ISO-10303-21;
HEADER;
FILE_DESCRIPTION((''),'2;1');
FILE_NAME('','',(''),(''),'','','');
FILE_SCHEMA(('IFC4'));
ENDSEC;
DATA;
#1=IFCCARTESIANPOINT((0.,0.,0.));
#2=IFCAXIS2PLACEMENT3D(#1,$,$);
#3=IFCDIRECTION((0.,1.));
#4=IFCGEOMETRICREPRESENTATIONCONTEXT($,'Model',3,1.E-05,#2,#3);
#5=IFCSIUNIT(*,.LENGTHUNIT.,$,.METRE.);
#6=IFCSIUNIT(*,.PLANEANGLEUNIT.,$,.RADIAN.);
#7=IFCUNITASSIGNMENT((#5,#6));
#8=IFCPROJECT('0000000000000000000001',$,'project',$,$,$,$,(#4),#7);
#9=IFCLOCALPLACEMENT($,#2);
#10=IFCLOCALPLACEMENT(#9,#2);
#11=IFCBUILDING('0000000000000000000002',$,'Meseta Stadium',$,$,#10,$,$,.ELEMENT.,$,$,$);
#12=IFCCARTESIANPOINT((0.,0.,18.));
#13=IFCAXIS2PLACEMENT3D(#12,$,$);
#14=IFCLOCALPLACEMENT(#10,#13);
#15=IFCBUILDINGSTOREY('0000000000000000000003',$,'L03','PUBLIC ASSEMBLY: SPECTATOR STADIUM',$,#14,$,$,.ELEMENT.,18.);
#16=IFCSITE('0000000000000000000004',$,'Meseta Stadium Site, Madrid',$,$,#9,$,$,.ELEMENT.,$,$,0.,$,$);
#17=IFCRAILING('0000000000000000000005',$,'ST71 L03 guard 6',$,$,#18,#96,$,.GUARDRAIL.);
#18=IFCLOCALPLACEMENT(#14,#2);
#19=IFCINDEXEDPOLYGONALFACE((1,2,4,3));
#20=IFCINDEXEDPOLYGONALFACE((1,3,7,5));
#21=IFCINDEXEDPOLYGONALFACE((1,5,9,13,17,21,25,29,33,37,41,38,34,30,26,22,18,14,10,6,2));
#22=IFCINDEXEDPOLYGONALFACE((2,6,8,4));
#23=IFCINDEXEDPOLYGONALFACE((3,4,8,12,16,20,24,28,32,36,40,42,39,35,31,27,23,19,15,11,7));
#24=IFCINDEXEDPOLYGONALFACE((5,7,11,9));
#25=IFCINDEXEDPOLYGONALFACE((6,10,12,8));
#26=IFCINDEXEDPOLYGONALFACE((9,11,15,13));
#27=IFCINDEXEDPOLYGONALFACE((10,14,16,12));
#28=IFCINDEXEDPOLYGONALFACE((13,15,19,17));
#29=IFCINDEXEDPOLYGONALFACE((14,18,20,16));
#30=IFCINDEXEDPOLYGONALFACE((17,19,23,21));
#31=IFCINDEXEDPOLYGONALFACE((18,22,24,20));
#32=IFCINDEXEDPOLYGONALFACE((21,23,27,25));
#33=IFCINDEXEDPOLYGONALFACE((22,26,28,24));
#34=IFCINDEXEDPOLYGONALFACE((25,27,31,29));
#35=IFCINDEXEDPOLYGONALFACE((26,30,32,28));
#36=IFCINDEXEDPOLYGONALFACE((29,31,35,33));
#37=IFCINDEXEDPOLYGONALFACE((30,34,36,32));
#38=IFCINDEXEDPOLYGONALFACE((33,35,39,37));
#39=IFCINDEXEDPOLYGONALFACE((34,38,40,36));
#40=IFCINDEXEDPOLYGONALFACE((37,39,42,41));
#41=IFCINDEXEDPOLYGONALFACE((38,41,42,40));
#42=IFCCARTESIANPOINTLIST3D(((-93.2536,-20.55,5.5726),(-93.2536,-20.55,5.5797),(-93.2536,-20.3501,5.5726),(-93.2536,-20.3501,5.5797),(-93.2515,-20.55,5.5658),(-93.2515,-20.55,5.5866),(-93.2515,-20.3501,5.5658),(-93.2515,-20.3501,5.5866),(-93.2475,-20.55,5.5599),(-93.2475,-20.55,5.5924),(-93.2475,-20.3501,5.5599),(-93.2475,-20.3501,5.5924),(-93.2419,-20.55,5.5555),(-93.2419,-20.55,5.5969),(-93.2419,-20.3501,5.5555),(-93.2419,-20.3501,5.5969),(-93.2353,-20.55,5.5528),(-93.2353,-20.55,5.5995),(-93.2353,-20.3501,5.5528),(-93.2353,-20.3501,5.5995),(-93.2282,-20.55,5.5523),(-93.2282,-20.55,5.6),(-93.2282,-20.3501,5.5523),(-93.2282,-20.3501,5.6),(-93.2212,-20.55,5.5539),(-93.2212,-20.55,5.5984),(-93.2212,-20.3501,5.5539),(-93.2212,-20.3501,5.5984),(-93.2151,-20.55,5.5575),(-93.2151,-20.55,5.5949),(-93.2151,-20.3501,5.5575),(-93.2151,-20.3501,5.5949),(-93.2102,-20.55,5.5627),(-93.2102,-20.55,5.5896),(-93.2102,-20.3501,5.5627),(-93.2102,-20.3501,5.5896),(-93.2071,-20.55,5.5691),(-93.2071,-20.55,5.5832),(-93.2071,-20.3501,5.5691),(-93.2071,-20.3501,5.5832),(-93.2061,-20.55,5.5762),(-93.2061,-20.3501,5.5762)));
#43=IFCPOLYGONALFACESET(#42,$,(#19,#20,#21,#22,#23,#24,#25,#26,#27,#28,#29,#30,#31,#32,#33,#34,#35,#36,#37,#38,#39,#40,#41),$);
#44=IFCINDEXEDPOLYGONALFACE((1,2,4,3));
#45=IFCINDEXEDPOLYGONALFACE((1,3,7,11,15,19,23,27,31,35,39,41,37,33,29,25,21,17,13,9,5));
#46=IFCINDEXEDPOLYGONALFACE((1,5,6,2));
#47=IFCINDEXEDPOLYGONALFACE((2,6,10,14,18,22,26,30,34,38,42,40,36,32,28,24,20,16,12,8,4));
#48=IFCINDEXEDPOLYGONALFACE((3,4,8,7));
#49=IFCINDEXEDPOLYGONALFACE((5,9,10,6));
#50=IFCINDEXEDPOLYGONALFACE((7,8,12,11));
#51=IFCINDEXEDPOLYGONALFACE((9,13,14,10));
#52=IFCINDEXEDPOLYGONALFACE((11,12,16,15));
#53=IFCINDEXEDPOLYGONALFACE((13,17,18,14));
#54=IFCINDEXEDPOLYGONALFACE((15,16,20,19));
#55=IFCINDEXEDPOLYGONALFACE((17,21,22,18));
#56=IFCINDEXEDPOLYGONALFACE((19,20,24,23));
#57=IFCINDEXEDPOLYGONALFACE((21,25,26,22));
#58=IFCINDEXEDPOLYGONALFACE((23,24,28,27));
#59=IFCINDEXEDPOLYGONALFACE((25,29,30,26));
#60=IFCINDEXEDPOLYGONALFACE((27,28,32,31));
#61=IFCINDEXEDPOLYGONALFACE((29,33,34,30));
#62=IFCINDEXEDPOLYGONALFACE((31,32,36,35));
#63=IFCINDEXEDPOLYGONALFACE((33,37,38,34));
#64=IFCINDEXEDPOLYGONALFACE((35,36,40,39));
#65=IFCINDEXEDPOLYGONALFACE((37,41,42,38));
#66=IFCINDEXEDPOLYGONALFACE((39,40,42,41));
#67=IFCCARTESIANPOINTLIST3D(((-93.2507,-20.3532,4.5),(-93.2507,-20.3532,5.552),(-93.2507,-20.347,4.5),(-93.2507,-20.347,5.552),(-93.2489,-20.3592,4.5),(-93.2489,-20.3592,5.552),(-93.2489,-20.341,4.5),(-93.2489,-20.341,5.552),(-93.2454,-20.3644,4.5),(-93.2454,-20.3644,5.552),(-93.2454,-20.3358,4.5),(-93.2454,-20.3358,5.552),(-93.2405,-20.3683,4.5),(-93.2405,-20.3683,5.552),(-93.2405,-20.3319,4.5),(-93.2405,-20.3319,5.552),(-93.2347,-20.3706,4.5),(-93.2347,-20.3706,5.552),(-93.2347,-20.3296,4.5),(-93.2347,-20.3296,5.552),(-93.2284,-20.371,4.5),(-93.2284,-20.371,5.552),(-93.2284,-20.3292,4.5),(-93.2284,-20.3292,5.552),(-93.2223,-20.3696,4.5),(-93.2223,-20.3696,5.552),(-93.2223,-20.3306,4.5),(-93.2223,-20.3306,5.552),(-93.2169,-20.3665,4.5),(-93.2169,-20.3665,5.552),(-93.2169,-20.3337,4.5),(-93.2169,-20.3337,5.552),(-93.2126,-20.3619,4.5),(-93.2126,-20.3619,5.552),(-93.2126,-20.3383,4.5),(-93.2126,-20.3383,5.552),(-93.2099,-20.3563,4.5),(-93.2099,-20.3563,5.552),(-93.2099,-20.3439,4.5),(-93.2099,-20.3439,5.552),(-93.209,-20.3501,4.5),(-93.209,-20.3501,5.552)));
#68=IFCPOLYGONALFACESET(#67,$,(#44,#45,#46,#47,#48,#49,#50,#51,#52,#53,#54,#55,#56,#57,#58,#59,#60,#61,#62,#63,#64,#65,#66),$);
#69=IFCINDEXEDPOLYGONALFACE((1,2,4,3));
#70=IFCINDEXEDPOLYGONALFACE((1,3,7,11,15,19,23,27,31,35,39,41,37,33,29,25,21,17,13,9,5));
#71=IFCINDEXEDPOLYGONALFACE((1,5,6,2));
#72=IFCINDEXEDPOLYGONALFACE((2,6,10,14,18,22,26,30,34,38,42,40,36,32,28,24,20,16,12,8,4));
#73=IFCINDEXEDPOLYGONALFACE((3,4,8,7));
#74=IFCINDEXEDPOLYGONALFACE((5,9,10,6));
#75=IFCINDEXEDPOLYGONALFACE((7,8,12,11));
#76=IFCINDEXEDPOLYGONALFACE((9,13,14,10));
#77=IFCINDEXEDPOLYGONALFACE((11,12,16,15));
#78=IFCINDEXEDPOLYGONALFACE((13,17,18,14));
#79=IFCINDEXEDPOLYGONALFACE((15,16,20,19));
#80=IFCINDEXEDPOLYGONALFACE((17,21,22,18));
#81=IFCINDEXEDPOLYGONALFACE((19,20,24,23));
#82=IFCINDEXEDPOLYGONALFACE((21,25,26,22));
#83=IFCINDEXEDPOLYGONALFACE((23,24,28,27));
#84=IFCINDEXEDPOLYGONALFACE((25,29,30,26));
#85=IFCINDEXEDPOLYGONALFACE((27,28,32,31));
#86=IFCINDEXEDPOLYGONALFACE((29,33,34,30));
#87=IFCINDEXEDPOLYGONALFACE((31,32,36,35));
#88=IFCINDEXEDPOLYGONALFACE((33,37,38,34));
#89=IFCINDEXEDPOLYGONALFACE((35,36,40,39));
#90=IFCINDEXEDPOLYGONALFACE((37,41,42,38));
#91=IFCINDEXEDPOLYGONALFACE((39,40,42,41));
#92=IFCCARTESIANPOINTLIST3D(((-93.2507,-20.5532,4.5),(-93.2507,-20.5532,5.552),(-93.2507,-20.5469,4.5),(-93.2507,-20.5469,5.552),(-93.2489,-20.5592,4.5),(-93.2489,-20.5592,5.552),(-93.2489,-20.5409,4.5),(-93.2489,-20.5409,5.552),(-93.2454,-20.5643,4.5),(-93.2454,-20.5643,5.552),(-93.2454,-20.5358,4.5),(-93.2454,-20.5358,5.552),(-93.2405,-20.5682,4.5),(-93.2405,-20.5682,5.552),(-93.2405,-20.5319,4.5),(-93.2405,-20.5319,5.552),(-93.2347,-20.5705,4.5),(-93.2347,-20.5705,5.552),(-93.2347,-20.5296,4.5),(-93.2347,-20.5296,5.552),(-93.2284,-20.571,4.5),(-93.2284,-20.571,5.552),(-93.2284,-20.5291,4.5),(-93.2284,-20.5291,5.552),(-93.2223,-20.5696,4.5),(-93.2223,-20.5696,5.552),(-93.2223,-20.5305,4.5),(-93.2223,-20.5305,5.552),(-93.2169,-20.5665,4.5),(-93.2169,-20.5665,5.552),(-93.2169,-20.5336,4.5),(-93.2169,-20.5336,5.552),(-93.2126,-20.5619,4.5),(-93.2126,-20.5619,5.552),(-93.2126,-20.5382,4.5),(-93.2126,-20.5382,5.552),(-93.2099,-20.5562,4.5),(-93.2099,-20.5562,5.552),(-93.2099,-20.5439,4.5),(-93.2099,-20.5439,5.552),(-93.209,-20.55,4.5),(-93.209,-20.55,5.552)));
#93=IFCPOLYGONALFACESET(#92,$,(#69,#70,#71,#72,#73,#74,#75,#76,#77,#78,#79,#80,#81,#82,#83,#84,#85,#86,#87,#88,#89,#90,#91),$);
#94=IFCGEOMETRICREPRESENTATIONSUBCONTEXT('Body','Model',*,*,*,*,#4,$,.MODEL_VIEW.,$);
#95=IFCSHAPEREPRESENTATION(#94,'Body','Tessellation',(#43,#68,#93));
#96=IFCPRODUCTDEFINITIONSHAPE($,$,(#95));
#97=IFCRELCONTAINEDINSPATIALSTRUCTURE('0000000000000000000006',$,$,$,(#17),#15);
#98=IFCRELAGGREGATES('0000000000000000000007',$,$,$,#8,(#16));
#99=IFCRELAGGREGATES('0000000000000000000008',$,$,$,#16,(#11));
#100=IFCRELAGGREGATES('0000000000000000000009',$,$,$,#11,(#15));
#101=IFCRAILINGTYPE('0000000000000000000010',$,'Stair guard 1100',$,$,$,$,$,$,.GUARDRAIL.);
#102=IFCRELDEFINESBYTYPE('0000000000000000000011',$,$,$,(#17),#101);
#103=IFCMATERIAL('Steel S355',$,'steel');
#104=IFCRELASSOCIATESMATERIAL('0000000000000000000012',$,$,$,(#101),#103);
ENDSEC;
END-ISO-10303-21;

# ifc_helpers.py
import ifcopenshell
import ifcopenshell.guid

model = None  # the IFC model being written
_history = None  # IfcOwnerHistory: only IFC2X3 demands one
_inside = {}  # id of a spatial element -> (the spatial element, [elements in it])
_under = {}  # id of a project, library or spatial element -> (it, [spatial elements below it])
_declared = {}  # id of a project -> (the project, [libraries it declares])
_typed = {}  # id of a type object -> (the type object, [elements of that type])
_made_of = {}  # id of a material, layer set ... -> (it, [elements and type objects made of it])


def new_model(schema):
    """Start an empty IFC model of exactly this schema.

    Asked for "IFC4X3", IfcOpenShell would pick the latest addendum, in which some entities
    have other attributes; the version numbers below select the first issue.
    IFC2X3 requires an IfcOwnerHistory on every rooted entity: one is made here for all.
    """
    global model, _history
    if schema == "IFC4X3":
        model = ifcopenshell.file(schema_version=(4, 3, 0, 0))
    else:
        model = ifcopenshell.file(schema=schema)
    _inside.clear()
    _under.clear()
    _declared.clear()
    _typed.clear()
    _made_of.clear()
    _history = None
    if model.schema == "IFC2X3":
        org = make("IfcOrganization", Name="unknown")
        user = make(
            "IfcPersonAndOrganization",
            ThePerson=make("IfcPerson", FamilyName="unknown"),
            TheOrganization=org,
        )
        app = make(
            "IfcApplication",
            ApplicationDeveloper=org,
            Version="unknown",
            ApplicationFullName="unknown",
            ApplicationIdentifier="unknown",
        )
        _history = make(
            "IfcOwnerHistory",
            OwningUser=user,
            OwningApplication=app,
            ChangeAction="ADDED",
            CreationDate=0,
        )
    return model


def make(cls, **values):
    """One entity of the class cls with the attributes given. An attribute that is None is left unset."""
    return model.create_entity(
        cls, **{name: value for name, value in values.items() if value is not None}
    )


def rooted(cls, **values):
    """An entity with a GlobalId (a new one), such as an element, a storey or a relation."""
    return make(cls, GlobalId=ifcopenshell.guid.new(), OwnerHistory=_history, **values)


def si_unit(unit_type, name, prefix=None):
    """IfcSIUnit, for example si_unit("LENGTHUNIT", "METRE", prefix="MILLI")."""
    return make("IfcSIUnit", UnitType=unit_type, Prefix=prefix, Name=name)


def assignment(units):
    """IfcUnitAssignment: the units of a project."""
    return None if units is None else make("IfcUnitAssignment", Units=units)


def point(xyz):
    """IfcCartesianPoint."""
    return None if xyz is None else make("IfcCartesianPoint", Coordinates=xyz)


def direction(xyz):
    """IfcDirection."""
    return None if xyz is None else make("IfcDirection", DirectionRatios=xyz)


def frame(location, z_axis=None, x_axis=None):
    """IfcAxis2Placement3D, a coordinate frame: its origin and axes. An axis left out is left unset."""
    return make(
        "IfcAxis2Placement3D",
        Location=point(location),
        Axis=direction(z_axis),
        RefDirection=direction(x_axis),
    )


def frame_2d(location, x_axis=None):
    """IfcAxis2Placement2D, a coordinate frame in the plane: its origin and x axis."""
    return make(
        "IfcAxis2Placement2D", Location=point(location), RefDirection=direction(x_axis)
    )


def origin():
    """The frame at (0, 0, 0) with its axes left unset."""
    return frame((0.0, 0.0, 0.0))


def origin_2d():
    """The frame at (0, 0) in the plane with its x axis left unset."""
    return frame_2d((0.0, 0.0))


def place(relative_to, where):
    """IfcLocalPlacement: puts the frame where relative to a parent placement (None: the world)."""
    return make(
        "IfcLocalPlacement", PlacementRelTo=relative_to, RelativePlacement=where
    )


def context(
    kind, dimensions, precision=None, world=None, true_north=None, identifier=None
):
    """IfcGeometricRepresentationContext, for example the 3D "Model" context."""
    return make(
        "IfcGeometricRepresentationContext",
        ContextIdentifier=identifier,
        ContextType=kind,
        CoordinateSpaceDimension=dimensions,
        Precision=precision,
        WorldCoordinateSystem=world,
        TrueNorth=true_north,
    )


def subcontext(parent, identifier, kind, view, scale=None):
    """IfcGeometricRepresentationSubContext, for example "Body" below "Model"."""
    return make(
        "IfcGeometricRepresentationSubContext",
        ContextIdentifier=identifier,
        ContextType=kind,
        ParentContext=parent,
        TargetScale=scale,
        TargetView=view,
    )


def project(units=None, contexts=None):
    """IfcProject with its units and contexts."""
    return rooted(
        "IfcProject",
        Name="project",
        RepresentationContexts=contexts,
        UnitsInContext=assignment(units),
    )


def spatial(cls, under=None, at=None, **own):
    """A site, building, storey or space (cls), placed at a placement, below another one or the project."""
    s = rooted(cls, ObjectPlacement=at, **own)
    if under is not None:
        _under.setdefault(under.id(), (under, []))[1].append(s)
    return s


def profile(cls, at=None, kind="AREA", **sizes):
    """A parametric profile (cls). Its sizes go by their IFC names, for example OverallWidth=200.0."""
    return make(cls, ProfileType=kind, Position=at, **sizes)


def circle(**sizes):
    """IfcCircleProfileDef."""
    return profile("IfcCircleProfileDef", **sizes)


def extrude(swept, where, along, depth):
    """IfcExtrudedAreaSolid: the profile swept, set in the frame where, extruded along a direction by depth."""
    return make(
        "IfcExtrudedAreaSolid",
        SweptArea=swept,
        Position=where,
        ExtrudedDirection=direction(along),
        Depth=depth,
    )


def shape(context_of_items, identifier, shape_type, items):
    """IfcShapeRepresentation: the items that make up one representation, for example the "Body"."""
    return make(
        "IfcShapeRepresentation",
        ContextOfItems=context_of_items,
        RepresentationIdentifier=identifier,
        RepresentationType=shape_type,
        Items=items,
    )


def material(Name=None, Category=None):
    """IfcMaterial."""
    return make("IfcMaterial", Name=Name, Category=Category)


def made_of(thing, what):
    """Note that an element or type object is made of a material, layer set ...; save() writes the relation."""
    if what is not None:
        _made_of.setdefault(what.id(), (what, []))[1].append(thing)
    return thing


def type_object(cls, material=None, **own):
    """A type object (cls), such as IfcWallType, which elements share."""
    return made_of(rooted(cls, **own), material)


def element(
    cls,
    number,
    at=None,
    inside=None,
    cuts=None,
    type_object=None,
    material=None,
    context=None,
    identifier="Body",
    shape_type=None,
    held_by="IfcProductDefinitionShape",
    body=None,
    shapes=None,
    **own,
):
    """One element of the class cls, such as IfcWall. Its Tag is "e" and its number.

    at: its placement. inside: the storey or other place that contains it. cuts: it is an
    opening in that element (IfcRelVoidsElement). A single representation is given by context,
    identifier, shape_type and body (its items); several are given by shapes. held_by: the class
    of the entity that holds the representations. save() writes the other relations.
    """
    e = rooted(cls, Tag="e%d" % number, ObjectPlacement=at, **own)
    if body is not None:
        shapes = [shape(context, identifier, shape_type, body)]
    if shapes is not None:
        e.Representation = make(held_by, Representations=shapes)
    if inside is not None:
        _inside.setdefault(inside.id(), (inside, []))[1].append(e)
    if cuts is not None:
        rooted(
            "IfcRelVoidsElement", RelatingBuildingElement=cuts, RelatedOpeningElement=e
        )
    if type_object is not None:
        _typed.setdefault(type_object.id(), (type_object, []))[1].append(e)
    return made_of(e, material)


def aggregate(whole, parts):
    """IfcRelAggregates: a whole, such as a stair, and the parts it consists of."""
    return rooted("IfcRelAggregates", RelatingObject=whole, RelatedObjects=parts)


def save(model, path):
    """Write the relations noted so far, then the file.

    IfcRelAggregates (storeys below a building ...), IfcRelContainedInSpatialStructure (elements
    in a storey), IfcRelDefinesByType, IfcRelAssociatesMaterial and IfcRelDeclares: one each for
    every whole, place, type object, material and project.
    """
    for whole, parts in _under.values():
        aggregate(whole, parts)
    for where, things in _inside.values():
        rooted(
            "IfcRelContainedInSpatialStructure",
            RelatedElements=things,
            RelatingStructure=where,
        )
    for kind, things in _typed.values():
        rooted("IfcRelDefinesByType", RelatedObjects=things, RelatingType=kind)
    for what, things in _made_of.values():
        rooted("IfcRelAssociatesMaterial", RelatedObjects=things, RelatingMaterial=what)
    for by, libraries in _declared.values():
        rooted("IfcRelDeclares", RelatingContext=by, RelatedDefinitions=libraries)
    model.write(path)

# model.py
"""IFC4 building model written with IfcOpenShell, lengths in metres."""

from ifc_helpers import new_model, si_unit, direction, frame, origin, origin_2d, place, context, subcontext, project, spatial, circle, extrude, material, type_object, element, save


model = new_model("IFC4")

# Units and contexts
model_context = context("Model", 3, precision=1e-05, world=origin(), true_north=direction((0.0, 1.0)))
body_context = subcontext(model_context, "Body", "Model", "MODEL_VIEW")
ifc_project = project(units=[si_unit("LENGTHUNIT", "METRE"), si_unit("PLANEANGLEUNIT", "RADIAN")], contexts=[model_context])

# Site, building, storey
site_placement = place(None, origin())
site = spatial("IfcSite", under=ifc_project, at=site_placement, Name="Meseta Stadium Site, Madrid", CompositionType="ELEMENT", RefElevation=0.0)
building_placement = place(site_placement, origin())
building = spatial("IfcBuilding", under=site, at=building_placement, Name="Meseta Stadium", CompositionType="ELEMENT")
storey_placement = place(building_placement, frame((0.0, 0.0, 18.0)))
storey = spatial("IfcBuildingStorey", under=building, at=storey_placement, Name="L03", Description="PUBLIC ASSEMBLY: SPECTATOR STADIUM", CompositionType="ELEMENT", Elevation=18.0)

# Railing
ifc_material_1 = material(Name="Steel S355", Category="steel")
railing_type_1 = type_object("IfcRailingType", Name="Stair guard 1100", PredefinedType="GUARDRAIL", material=ifc_material_1)
railing_1_placement = place(storey_placement, frame((-93.23, -20.3501, 4.5)))
element("IfcRailing", 1, at=railing_1_placement, inside=storey, type_object=railing_type_1, Name="ST71 L03 guard 6", PredefinedType="GUARDRAIL", context=body_context, shape_type="SweptSolid", body=[
    extrude(circle(Radius=0.0239, at=origin_2d()), frame((0.0, 0.0, 1.0762), z_axis=(0.0, -1.0, 0.0), x_axis=(1.0, 0.0, 0.0)), (0.0, 0.0, 1.0), 0.2),
    extrude(circle(Radius=0.021, at=origin_2d()), origin(), (0.0, 0.0, 1.0), 1.052),
    extrude(circle(Radius=0.021, at=origin_2d()), frame((0.0, -0.2, 0.0)), (0.0, 0.0, 1.0), 1.052),
])

save(model, "model.ifc")
